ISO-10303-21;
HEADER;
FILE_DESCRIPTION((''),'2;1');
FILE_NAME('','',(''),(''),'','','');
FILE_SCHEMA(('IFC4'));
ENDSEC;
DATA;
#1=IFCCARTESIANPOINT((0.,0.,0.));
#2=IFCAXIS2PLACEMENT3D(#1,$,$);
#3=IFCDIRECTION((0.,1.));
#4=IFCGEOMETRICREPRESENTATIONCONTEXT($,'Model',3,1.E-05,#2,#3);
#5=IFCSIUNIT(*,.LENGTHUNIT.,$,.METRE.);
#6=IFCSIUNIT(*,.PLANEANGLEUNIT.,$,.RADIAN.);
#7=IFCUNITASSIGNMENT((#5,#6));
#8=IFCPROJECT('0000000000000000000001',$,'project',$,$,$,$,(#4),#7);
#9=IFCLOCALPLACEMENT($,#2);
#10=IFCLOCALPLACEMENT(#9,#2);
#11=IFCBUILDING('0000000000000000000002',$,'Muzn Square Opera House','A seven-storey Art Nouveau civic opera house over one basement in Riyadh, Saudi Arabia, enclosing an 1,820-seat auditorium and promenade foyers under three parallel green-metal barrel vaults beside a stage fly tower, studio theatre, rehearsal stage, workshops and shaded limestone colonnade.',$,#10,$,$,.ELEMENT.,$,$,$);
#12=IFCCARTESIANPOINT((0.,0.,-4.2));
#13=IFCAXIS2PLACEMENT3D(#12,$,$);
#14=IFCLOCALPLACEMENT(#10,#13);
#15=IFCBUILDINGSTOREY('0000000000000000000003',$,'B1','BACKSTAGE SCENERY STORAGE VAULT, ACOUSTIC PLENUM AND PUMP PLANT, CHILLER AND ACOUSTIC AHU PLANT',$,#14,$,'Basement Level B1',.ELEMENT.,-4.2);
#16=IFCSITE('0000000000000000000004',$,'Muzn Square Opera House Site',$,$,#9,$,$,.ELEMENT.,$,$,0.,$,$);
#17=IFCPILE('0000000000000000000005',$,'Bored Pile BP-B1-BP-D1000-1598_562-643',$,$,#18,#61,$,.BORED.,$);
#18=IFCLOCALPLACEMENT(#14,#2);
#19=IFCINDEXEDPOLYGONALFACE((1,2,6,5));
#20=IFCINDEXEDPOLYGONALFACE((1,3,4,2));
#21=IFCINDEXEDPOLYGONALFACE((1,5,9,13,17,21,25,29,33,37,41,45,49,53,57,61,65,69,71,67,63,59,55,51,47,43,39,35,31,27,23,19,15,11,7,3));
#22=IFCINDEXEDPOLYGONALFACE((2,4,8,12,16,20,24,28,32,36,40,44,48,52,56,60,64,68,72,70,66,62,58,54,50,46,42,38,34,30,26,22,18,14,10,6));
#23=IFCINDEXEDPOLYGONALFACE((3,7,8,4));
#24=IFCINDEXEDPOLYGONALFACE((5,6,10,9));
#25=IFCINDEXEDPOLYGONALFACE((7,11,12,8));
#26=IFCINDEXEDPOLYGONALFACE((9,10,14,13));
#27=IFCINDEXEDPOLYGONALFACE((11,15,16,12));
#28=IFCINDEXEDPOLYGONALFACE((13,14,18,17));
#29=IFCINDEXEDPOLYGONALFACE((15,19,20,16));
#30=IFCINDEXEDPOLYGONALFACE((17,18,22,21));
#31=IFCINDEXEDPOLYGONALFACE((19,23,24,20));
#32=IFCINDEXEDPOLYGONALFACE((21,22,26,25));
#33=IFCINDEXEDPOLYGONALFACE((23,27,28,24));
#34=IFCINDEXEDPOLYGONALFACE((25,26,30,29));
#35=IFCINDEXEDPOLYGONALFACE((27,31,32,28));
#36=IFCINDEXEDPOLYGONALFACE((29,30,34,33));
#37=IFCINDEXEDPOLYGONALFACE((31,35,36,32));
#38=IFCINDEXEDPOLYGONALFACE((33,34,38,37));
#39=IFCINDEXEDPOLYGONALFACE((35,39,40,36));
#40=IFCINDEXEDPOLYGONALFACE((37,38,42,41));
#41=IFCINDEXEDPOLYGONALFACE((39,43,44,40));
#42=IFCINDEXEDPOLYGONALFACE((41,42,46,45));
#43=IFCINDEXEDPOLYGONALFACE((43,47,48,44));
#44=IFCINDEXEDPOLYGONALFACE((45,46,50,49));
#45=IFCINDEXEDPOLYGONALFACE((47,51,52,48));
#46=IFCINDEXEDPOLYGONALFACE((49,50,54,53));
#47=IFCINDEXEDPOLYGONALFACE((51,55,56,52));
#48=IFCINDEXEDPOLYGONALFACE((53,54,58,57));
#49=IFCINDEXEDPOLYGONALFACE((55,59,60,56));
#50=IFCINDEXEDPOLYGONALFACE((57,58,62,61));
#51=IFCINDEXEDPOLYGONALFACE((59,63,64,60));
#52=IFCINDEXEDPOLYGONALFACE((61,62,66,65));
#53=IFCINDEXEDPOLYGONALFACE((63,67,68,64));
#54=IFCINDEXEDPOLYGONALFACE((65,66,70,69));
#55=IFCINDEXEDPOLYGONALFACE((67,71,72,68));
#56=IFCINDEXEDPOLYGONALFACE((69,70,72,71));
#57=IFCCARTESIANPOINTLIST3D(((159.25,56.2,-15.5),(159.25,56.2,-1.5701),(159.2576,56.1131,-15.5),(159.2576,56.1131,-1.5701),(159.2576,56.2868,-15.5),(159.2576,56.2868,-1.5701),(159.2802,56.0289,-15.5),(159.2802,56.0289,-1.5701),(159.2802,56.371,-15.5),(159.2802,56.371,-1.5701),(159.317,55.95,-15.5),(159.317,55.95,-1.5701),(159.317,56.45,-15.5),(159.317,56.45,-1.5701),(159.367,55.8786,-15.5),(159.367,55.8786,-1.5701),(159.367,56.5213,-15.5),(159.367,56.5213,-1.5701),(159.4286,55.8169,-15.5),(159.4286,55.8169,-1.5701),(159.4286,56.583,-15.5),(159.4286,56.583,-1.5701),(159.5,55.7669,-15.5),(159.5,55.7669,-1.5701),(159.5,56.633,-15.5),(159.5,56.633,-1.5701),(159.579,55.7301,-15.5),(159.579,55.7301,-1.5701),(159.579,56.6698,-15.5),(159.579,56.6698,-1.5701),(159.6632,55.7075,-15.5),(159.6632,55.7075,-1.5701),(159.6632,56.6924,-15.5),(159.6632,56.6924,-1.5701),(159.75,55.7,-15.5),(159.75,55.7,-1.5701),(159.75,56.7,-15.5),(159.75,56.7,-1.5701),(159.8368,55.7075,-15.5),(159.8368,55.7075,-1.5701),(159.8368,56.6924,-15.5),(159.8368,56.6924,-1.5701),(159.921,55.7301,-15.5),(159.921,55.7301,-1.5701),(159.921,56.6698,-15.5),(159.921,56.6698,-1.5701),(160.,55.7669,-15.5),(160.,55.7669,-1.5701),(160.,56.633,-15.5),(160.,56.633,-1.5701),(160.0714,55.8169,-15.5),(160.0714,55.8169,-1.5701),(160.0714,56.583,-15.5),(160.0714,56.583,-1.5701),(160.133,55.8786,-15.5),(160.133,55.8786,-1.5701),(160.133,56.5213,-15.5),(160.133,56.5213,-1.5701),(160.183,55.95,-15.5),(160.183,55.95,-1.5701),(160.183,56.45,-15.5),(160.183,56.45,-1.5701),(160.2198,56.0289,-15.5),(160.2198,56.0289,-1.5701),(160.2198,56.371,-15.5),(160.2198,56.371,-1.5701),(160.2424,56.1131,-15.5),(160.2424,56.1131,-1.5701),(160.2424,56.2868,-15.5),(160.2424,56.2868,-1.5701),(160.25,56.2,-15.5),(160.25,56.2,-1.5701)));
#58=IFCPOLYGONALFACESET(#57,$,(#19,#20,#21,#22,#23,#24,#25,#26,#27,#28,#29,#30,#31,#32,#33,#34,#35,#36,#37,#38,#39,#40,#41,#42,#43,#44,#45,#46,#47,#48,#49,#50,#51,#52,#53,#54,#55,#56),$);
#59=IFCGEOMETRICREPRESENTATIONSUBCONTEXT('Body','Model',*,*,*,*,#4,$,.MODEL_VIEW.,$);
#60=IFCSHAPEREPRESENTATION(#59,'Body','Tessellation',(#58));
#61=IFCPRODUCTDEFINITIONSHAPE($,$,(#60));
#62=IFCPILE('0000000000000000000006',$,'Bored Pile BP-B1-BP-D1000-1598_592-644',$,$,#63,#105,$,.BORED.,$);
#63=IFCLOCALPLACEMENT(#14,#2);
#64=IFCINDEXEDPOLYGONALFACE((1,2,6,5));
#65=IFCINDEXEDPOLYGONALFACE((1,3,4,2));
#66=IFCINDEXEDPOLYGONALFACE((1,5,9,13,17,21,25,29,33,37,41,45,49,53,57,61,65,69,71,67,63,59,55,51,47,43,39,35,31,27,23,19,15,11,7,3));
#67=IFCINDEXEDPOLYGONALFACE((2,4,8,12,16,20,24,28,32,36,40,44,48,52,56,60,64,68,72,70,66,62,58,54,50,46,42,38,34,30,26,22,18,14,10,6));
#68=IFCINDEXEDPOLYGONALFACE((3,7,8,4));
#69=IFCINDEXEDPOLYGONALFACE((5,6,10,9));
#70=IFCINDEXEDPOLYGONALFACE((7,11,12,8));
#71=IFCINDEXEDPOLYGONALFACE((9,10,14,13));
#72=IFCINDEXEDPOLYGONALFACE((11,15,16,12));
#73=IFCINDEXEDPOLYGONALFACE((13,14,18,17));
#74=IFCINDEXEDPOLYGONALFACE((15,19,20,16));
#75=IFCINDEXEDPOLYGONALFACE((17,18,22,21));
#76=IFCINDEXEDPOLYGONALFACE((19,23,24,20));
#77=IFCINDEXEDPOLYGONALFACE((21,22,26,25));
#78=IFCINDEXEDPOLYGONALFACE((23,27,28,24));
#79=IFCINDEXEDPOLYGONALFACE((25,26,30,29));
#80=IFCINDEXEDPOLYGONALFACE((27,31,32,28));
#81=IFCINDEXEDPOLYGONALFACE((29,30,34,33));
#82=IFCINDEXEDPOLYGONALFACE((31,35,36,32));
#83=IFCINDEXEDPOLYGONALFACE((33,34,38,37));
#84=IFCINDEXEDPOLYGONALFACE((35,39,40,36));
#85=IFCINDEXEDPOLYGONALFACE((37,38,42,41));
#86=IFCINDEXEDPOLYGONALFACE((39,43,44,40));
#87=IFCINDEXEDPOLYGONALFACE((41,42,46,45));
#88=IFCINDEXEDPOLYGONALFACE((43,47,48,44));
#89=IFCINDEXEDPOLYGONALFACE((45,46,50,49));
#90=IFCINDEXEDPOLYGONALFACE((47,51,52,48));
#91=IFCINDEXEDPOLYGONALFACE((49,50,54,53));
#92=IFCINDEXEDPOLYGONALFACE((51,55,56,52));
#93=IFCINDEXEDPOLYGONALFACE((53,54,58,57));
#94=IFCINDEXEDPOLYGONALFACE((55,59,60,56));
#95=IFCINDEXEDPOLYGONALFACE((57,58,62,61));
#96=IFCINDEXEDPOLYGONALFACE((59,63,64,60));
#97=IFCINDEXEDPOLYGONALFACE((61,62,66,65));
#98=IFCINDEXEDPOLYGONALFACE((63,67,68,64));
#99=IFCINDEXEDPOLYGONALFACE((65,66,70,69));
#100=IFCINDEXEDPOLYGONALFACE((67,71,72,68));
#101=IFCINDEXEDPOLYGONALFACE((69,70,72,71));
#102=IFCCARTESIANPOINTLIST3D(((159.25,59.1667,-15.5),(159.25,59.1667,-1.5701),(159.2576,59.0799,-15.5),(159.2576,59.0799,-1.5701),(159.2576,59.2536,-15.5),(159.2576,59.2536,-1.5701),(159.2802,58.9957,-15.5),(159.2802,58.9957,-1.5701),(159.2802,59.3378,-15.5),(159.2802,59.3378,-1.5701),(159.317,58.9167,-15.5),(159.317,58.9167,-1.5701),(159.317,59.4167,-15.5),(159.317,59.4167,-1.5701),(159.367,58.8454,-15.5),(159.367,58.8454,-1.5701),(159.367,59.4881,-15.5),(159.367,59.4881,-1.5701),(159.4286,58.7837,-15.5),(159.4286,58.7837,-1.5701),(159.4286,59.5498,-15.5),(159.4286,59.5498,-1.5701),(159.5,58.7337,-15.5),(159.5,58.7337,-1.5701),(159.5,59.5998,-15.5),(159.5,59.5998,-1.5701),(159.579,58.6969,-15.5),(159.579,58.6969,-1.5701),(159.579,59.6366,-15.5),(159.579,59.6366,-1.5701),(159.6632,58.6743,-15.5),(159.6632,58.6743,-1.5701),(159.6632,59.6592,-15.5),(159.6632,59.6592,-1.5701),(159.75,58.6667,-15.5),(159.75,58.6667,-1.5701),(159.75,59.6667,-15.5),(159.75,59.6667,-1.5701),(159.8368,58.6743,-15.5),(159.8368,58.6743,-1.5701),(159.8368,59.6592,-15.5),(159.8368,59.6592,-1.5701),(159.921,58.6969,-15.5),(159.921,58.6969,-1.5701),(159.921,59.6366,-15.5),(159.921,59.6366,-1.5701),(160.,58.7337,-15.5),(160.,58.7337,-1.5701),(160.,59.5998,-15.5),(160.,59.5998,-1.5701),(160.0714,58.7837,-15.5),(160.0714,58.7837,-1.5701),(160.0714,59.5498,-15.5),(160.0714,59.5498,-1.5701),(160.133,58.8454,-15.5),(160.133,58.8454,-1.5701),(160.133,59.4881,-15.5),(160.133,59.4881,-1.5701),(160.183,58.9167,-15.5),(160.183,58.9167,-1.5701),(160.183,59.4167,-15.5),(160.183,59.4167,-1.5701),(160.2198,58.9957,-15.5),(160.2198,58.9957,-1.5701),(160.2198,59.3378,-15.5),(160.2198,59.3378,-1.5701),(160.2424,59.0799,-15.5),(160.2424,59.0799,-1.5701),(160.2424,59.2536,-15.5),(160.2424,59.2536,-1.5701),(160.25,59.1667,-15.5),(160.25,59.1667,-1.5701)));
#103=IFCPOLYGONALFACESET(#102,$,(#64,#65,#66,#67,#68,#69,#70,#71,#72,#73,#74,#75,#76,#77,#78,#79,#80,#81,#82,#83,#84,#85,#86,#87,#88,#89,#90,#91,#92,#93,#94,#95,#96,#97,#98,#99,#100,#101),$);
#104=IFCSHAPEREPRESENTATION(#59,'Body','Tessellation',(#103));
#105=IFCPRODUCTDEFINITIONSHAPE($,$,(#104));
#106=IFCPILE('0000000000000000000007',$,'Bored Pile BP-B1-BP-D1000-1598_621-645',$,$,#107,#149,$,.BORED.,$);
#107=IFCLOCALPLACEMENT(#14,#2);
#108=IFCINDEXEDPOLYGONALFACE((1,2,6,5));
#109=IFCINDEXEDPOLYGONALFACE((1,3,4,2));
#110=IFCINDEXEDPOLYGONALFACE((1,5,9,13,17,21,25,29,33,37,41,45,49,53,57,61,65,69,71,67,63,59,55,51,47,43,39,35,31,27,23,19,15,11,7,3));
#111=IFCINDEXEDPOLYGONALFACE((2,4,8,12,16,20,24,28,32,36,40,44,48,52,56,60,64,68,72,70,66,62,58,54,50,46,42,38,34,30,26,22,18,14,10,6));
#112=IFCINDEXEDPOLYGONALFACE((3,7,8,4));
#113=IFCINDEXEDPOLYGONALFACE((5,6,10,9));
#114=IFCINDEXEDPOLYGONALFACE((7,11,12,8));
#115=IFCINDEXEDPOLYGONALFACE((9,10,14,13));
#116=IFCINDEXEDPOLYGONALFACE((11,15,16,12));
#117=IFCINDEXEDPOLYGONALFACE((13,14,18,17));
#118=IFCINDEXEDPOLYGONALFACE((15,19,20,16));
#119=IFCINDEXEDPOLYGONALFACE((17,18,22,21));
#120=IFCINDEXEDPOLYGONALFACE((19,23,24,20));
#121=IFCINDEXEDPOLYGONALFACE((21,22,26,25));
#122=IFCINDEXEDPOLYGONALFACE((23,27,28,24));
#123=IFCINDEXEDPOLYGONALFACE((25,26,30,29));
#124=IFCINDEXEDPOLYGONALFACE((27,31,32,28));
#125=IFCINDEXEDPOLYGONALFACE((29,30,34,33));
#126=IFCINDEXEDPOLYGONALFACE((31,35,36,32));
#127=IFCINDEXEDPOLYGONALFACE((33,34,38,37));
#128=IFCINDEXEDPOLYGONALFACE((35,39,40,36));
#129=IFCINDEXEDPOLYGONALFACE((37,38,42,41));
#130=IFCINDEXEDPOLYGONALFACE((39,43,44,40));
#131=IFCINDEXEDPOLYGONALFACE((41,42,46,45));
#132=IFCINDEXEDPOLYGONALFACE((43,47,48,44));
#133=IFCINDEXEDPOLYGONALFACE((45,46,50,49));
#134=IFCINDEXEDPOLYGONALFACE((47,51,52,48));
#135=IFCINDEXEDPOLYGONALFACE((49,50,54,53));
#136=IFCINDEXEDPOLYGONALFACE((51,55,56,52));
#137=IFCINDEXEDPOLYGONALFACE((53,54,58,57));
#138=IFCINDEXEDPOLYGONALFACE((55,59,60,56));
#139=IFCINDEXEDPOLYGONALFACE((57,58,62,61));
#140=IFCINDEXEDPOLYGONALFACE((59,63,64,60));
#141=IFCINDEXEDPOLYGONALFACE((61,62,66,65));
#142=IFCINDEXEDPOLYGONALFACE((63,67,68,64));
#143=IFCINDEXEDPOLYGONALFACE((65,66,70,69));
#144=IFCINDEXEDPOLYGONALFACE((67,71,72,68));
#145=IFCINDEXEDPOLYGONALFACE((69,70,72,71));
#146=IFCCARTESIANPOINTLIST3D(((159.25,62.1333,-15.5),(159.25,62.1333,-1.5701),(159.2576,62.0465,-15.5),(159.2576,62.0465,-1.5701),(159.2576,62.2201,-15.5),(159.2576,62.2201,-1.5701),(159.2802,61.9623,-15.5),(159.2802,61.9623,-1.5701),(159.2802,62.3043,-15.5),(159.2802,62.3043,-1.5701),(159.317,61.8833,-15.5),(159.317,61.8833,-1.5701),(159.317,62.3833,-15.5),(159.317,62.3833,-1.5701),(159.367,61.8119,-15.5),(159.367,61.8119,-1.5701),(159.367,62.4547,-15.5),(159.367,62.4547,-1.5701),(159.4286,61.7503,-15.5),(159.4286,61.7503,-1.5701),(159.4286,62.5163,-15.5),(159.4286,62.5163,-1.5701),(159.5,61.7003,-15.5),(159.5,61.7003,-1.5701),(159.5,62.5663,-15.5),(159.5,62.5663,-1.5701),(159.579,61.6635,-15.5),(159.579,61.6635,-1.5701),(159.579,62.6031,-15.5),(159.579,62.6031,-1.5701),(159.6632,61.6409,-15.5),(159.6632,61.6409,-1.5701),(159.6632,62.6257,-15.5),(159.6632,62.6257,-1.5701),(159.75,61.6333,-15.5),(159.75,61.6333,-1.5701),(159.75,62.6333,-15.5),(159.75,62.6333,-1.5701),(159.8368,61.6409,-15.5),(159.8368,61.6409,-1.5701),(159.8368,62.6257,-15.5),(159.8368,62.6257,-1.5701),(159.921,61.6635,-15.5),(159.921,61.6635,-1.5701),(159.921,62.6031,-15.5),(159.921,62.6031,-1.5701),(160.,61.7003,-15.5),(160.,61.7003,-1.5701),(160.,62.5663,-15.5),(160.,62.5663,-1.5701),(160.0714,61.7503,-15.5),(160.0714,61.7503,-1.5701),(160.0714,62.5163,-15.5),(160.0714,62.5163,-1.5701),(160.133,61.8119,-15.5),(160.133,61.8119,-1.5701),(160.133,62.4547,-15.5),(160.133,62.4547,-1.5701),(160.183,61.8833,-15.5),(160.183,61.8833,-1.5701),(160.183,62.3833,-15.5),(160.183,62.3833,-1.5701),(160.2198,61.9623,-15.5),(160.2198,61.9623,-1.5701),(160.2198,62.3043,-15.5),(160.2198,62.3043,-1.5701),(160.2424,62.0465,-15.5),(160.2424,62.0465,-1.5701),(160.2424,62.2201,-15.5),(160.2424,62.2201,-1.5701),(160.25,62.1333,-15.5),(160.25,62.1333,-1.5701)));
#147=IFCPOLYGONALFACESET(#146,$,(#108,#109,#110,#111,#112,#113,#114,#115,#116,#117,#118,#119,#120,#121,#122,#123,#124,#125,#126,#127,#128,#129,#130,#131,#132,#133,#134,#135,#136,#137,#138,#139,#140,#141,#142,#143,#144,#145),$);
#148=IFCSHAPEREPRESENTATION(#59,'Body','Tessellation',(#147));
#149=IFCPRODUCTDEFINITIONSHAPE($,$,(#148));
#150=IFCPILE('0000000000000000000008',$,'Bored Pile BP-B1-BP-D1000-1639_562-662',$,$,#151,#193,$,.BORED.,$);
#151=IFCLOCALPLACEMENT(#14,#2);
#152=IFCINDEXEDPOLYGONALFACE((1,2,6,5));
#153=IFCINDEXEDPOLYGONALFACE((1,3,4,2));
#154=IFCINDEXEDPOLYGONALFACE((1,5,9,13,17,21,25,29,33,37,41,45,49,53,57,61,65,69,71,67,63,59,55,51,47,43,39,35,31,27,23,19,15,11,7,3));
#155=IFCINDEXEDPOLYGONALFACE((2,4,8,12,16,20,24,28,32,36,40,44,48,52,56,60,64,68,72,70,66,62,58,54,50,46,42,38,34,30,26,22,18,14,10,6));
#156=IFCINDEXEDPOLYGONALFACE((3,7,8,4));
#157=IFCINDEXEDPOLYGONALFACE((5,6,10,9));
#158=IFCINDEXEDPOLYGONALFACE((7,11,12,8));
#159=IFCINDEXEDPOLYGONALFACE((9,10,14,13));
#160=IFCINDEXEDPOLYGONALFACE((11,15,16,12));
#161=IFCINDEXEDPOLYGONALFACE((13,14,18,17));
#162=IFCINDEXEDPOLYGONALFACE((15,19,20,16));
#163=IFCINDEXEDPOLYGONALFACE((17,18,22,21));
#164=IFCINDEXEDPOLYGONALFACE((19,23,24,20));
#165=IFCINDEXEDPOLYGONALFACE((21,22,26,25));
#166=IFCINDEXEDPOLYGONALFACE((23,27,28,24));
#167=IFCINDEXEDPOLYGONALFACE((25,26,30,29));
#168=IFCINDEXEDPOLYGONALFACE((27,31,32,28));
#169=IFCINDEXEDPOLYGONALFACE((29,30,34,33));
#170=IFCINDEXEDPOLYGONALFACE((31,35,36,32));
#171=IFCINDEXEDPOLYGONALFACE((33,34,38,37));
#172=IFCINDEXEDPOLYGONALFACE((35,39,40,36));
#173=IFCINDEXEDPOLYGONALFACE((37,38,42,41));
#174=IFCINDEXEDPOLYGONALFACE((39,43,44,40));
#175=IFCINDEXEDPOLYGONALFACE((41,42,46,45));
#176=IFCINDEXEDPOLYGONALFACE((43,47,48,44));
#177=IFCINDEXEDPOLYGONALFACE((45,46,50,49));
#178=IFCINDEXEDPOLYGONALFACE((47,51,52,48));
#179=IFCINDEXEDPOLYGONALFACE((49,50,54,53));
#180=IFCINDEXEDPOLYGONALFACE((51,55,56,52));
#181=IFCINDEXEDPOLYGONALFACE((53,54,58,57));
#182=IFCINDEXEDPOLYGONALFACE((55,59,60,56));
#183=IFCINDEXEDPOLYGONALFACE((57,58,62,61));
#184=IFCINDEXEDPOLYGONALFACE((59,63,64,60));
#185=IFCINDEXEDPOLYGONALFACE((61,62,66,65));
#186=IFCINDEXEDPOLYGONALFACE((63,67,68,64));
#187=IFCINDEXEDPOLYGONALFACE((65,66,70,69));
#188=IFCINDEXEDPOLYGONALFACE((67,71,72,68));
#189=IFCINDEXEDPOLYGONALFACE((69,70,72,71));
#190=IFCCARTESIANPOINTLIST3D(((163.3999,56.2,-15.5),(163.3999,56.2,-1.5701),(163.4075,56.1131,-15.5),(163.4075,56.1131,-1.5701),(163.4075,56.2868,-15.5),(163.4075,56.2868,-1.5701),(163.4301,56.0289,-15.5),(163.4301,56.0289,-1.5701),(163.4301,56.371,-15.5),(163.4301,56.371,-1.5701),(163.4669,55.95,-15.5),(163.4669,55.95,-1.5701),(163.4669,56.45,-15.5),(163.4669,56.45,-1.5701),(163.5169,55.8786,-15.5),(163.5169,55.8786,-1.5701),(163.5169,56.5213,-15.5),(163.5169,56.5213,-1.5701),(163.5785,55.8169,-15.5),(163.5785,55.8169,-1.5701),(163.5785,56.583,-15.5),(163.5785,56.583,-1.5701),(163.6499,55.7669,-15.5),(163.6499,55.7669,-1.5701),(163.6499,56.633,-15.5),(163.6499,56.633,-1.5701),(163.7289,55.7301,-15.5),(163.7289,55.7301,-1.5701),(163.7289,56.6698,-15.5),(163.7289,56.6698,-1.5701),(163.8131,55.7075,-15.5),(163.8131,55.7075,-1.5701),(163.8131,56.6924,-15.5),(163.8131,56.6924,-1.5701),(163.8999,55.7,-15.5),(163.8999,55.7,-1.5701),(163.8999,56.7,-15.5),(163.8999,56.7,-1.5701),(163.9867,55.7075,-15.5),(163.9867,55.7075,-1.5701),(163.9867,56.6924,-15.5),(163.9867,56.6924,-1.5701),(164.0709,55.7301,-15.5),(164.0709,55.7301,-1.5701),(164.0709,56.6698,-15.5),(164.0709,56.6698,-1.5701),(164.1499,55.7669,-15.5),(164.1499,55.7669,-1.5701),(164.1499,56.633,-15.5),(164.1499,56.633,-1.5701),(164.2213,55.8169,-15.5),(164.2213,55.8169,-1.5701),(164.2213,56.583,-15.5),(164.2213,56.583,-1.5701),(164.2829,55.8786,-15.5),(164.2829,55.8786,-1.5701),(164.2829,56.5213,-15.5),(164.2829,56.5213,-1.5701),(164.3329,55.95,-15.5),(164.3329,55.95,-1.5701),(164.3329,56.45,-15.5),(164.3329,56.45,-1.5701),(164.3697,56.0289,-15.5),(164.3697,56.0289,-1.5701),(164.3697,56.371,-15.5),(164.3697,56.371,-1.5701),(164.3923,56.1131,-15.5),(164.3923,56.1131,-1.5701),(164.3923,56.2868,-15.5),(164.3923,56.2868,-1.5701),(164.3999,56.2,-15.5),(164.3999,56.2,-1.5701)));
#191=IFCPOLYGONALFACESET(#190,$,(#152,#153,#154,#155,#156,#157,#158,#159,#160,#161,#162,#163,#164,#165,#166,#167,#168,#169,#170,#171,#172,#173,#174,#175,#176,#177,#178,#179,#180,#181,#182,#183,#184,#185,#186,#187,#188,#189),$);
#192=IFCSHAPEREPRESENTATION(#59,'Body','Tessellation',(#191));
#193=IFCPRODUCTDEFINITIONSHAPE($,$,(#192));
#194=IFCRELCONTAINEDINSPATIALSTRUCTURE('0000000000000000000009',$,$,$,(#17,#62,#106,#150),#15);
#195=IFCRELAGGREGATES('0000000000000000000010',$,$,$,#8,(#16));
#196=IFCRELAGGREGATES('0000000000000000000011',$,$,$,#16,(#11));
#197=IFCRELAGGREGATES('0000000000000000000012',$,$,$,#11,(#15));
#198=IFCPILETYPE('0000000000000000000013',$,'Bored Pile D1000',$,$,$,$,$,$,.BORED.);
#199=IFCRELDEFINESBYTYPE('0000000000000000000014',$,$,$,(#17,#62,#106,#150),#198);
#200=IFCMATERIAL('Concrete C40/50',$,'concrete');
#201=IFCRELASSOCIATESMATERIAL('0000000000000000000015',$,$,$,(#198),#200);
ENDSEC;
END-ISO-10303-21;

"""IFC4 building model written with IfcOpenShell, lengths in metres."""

from ifc_helpers import new_model, si_unit, direction, frame, origin, origin_2d, place, context, subcontext, project, spatial, circle, extrude, material, material_profile, profile_set, type_object, element, save


model = new_model("IFC4")

# Units and contexts
model_context = context("Model", 3, precision=1e-05, world=origin(), true_north=direction((0.0, 1.0)))
body_context = subcontext(model_context, "Body", "Model", "MODEL_VIEW")
ifc_project = project(units=[si_unit("LENGTHUNIT", "METRE"), si_unit("PLANEANGLEUNIT", "RADIAN")], contexts=[model_context])

# Site, building, storey
site_placement = place(None, origin())
site = spatial("IfcSite", under=ifc_project, at=site_placement, Name="Muzn Square Opera House Site", CompositionType="ELEMENT", RefElevation=0.0)
building_placement = place(site_placement, origin())
building = spatial("IfcBuilding", under=site, at=building_placement, Name="Muzn Square Opera House", Description="A seven-storey Art Nouveau civic opera house over one basement in Riyadh, Saudi Arabia, enclosing an 1,820-seat auditorium and promenade foyers under three parallel green-metal barrel vaults beside a stage fly tower, studio theatre, rehearsal stage, workshops and shaded limestone colonnade.", CompositionType="ELEMENT")
storey_placement = place(building_placement, frame((0.0, 0.0, -4.2)))
storey = spatial("IfcBuildingStorey", under=building, at=storey_placement, Name="B1", Description="BACKSTAGE SCENERY STORAGE VAULT, ACOUSTIC PLENUM AND PUMP PLANT, CHILLER AND ACOUSTIC AHU PLANT", LongName="Basement Level B1", CompositionType="ELEMENT", Elevation=-4.2)

# Piles
ifc_material_1 = material(Name="Concrete C40/50", Category="concrete")
ifc_material_profile_1 = material_profile(ifc_material_1, circle(Radius=0.5, at=origin_2d()), Name="BORED PILE D1000", Category="concrete")
ifc_profile_set_1 = profile_set([ifc_material_profile_1], Name="Concrete C40/50")
pile_type = type_object("IfcPileType", Name="Bored Pile D1000", PredefinedType="BORED", material=ifc_profile_set_1)
for number, where, z_axis, x_axis, name in (
    (1, (159.75, 56.2, -1.5701), (0.0, 0.0, -1.0), (1.0, 0.0, 0.0), "Bored Pile BP-B1-BP-D1000-1598_562-643"),
    (2, (159.75, 59.1667, -1.5701), (0.0, 0.0, -1.0), (1.0, 0.0, 0.0), "Bored Pile BP-B1-BP-D1000-1598_592-644"),
    (3, (159.75, 62.1333, -1.5701), (0.0, 0.0, -1.0), (1.0, 0.0, 0.0), "Bored Pile BP-B1-BP-D1000-1598_621-645"),
    (4, (163.8999, 56.2, -1.5701), (0.0, 0.0, -1.0), (1.0, 0.0, 0.0), "Bored Pile BP-B1-BP-D1000-1639_562-662"),
):
    element("IfcPile", number, at=place(storey_placement, frame(where, z_axis=z_axis, x_axis=x_axis)), inside=storey, type_object=pile_type, Name=name, PredefinedType="BORED", context=body_context, shape_type="SweptSolid", body=[
        extrude(circle(Radius=0.5, at=origin_2d()), origin(), (0.0, 0.0, 1.0), 13.9299),
    ])

save(model, "model.ifc")
